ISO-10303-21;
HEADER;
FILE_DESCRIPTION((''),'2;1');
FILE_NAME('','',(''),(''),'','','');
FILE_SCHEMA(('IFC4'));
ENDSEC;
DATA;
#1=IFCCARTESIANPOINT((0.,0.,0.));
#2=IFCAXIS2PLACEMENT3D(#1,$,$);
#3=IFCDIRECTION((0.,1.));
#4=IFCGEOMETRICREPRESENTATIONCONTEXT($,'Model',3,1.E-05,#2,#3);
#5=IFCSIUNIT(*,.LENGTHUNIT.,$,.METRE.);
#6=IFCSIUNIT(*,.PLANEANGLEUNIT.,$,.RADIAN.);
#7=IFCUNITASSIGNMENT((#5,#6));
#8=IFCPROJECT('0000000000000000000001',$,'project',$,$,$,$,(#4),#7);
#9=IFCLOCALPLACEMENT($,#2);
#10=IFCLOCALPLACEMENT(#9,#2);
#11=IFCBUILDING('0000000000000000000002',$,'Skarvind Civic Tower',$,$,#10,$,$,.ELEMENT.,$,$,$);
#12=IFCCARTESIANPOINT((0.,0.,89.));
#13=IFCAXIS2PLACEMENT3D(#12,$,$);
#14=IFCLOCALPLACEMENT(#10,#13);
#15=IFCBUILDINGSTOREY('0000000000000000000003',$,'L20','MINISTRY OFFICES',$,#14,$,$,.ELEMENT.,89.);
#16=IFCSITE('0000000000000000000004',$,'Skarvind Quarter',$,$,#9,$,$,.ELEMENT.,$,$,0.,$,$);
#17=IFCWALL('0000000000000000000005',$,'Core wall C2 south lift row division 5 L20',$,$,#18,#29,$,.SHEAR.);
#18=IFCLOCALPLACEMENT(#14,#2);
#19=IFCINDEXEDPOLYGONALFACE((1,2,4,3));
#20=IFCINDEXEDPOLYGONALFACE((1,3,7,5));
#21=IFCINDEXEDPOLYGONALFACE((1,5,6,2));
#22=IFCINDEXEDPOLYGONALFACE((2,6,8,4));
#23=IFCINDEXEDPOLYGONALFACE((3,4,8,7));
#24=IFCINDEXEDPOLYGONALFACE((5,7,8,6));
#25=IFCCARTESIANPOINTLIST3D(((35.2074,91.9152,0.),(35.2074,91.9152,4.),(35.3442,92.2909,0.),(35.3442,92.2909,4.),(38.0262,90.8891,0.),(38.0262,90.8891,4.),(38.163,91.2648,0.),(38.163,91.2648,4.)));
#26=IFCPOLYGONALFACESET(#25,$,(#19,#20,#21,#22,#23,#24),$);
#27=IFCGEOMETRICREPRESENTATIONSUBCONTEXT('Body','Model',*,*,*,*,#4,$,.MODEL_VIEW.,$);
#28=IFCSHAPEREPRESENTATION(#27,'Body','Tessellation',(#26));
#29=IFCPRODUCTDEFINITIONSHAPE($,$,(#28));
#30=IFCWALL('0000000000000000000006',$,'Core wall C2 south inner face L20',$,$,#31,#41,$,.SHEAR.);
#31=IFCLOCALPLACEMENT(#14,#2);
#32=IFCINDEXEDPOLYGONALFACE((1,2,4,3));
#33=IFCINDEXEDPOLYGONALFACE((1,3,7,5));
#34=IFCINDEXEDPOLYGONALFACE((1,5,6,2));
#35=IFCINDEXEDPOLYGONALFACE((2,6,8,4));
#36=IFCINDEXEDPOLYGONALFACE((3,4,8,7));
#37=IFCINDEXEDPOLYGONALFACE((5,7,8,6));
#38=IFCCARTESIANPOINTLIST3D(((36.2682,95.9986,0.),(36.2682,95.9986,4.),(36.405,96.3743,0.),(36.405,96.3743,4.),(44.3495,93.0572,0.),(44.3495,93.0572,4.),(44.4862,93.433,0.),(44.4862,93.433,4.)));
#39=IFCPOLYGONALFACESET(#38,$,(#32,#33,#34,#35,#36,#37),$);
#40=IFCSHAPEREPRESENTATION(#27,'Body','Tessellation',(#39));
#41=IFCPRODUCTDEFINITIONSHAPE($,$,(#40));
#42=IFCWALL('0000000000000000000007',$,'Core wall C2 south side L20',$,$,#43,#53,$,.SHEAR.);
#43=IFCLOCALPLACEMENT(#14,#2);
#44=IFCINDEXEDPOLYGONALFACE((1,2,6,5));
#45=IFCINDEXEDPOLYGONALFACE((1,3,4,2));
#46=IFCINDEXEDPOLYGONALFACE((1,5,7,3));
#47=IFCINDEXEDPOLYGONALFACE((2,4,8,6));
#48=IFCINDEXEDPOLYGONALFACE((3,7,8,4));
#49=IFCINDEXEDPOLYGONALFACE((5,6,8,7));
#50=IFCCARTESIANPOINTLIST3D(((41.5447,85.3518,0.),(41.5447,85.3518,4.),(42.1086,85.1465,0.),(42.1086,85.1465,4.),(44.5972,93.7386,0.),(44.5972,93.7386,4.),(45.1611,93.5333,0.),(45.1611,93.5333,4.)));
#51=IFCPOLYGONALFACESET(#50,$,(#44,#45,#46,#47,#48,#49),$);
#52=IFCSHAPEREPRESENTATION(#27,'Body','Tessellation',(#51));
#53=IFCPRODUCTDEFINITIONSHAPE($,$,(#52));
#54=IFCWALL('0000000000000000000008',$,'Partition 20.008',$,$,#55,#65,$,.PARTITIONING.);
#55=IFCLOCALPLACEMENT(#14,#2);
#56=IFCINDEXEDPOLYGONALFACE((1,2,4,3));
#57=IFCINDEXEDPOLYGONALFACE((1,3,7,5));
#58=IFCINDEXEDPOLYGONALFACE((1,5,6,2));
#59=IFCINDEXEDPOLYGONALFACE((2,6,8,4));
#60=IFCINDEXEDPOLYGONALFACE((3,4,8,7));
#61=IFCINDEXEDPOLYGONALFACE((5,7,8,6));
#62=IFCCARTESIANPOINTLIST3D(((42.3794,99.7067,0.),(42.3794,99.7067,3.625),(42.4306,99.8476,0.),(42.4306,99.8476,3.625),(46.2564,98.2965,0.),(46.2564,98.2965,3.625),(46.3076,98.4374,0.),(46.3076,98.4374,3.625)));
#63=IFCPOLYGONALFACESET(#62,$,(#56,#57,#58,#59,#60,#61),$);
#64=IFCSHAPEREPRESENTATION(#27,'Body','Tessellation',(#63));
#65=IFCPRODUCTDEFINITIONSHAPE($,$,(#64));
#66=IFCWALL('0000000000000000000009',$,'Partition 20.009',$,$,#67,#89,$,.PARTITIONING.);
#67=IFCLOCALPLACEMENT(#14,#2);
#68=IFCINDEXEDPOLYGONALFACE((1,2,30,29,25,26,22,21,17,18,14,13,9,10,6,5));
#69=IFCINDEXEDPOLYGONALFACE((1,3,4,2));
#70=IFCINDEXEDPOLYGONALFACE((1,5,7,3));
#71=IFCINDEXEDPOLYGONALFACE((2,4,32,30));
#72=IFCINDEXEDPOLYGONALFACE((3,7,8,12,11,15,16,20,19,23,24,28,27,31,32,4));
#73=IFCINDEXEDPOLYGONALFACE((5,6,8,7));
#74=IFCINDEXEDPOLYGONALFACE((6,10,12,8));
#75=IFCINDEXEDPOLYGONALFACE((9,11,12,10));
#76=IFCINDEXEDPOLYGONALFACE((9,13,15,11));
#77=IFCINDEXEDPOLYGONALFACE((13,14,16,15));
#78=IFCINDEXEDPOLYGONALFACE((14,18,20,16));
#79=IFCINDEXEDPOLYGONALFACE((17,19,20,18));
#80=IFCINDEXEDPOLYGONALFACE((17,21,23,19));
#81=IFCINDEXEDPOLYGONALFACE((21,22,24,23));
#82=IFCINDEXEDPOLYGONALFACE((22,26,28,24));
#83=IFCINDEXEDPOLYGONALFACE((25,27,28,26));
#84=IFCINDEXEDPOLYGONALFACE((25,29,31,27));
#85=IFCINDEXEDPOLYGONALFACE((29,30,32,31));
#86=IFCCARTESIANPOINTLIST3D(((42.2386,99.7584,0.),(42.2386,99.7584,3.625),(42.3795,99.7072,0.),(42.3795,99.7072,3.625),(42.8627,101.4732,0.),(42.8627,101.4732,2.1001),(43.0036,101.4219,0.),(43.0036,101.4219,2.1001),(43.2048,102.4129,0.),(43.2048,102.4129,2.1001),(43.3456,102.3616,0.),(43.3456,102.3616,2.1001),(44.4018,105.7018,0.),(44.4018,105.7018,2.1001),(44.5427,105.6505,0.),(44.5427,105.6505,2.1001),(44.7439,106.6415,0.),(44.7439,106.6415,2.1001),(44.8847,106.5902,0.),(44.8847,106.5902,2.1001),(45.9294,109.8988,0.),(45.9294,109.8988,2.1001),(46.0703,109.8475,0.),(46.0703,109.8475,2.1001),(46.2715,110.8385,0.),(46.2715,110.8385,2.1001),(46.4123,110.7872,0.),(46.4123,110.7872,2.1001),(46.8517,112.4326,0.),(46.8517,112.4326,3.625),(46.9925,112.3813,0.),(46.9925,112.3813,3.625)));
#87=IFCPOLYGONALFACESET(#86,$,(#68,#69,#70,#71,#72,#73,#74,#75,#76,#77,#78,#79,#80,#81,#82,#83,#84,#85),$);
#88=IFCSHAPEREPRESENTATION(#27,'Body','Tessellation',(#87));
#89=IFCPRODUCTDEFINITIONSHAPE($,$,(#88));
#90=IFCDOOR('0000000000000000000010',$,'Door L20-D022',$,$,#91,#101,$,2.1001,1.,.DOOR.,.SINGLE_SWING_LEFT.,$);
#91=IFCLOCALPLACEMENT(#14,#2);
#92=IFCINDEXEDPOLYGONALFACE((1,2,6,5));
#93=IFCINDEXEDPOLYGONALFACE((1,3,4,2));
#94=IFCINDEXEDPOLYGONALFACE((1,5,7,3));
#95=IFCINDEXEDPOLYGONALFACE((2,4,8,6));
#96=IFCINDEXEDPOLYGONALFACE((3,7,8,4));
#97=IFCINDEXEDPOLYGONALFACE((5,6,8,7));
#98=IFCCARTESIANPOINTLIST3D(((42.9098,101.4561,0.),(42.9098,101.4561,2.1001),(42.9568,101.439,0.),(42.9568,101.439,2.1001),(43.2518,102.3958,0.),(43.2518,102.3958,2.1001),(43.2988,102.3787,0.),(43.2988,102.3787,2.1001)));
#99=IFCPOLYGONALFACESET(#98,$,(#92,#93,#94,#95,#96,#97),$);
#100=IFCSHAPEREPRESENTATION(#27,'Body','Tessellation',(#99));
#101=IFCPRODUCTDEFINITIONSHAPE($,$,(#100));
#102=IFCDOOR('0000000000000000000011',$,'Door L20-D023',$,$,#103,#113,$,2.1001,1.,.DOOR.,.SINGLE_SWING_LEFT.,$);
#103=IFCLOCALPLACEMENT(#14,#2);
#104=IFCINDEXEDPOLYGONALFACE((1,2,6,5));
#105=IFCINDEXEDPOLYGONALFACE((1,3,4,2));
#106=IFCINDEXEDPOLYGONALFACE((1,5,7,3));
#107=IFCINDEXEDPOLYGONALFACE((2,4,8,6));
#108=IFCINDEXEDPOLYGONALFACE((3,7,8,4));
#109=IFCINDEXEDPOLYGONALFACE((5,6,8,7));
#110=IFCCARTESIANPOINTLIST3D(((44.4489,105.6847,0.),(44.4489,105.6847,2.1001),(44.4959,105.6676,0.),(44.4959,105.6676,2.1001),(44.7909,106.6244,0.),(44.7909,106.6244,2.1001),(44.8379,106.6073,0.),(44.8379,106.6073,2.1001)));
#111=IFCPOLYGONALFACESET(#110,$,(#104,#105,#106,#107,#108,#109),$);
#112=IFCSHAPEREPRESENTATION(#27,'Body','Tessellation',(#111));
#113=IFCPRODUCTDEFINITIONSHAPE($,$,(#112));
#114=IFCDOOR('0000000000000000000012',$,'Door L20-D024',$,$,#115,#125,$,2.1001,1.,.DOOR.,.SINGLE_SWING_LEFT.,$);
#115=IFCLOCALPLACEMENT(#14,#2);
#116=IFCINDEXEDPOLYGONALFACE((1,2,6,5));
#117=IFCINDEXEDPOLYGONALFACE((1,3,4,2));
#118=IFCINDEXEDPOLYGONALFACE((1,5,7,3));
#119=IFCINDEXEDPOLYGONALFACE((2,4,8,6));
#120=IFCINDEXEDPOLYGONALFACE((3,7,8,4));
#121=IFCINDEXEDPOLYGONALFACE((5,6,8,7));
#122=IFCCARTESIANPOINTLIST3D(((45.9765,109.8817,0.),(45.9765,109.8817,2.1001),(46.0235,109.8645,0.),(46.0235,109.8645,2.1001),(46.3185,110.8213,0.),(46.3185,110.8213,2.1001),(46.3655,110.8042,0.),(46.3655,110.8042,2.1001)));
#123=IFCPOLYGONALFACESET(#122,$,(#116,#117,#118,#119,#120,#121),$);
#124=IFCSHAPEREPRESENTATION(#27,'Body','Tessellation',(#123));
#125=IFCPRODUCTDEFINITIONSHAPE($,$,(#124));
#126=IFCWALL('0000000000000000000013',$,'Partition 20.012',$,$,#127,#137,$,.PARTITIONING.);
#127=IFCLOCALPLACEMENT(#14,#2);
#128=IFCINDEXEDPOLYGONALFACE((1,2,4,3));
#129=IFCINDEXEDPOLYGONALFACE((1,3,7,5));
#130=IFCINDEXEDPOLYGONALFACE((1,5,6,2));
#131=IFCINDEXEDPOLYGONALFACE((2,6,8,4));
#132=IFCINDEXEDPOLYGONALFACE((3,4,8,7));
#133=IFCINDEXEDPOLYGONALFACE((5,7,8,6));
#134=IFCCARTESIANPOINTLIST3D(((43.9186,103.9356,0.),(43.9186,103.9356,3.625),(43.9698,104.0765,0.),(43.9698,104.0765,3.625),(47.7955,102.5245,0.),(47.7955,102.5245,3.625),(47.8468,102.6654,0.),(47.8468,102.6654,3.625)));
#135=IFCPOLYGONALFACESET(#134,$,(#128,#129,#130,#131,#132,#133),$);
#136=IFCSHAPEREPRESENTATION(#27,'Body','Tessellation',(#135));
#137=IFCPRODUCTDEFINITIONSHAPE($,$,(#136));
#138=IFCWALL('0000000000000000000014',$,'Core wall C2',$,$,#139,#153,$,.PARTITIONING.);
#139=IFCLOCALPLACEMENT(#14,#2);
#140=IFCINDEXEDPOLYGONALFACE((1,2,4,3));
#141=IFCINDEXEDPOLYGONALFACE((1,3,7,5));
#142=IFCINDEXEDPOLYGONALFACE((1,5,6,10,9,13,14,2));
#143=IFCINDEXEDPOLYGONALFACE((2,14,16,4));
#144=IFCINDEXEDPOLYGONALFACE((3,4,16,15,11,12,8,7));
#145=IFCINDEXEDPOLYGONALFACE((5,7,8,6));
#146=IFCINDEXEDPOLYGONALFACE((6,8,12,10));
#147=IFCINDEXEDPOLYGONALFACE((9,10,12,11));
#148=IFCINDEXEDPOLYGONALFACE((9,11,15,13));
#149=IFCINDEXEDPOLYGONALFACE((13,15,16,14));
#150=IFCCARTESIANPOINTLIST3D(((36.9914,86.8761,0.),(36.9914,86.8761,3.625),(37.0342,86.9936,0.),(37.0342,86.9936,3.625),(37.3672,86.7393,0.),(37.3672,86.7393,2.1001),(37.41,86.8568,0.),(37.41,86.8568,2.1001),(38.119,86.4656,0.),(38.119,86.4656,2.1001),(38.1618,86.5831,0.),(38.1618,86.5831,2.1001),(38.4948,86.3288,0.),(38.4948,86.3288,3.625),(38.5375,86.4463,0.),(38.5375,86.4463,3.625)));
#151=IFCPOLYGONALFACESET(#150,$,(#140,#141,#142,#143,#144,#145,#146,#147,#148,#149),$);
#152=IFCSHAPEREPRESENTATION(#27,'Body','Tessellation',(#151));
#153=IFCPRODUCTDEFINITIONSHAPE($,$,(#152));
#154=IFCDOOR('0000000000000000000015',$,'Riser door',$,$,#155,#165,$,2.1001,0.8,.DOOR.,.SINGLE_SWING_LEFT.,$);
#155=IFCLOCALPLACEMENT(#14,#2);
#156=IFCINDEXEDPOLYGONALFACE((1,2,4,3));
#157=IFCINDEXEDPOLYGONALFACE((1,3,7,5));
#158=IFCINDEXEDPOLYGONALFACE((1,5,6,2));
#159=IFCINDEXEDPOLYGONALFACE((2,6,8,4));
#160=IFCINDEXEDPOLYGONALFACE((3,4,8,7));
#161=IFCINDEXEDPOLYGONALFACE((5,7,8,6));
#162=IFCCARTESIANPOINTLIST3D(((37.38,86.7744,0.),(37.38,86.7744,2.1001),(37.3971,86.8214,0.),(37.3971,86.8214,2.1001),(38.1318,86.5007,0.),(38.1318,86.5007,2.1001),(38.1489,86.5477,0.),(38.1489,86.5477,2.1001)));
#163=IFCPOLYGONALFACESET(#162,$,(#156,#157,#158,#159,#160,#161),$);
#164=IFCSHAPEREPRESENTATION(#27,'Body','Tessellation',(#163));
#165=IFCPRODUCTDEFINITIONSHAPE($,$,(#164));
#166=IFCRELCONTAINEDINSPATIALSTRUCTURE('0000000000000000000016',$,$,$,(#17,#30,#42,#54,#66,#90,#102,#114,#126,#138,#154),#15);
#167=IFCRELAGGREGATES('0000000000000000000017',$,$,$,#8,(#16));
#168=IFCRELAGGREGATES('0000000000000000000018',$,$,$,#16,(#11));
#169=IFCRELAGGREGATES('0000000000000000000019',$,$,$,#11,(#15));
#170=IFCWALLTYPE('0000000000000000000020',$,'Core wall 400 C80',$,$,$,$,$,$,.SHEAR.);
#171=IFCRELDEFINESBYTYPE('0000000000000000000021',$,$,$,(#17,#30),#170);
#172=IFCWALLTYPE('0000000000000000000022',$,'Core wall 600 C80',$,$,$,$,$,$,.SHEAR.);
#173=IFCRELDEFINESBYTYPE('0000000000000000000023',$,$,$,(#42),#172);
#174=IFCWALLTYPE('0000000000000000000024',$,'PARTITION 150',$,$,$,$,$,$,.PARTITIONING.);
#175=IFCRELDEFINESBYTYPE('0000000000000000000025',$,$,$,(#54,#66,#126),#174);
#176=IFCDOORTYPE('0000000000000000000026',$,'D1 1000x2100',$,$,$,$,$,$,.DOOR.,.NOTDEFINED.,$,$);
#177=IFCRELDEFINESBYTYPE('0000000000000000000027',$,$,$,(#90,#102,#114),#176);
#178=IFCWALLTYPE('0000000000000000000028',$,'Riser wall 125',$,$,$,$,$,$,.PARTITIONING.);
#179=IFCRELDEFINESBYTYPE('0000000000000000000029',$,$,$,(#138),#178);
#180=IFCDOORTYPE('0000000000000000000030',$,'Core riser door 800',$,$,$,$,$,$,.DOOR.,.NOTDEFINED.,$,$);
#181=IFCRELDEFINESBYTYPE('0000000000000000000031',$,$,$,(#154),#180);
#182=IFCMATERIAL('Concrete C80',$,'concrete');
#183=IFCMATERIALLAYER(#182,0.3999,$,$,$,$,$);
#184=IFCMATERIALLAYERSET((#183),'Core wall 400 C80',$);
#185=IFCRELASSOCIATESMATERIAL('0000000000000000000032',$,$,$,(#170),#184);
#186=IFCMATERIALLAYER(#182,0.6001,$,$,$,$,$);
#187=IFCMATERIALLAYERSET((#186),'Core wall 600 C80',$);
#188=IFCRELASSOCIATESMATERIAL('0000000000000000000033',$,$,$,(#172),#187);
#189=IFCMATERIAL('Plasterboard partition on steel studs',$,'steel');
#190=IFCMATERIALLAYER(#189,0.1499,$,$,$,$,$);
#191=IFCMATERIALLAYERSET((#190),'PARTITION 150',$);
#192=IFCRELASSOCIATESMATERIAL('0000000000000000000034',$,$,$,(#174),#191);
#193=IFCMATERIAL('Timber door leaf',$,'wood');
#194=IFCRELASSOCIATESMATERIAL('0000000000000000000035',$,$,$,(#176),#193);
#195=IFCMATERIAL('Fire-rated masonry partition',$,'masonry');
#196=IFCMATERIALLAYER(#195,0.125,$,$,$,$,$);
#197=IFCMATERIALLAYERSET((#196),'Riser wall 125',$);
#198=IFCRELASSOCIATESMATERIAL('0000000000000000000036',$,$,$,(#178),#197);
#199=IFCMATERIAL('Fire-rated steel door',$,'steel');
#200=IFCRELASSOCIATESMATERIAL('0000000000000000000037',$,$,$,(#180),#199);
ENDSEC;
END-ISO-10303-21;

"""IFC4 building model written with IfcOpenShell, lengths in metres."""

from ifc_helpers import new_model, si_unit, direction, frame, frame_2d, origin, place, context, subcontext, project, spatial, rectangle, extrude, material, layer, layer_set, type_object, element, fill, save


model = new_model("IFC4")

# Units and contexts
model_context = context("Model", 3, precision=1e-05, world=origin(), true_north=direction((0.0, 1.0)))
body_context = subcontext(model_context, "Body", "Model", "MODEL_VIEW")
ifc_project = project(units=[si_unit("LENGTHUNIT", "METRE"), si_unit("PLANEANGLEUNIT", "RADIAN")], contexts=[model_context])

# Site, building, storey
site_placement = place(None, origin())
site = spatial("IfcSite", under=ifc_project, at=site_placement, Name="Skarvind Quarter", CompositionType="ELEMENT", RefElevation=0.0)
building_placement = place(site_placement, origin())
building = spatial("IfcBuilding", under=site, at=building_placement, Name="Skarvind Civic Tower", CompositionType="ELEMENT")
storey_placement = place(building_placement, frame((0.0, 0.0, 89.0)))
storey = spatial("IfcBuildingStorey", under=building, at=storey_placement, Name="L20", Description="MINISTRY OFFICES", CompositionType="ELEMENT", Elevation=89.0)

# Shared definitions
ifc_material_1 = material(Name="Concrete C80", Category="concrete")

# Shared definitions
ifc_material_2 = material(Name="Fire-rated masonry partition", Category="masonry")
ifc_material_3 = material(Name="Fire-rated steel door", Category="steel")

# Walls
ifc_layer_1 = layer(ifc_material_1, 0.3999)
ifc_layer_set_1 = layer_set([ifc_layer_1], Name="Core wall 400 C80")
wall_type_1 = type_object("IfcWallType", Name="Core wall 400 C80", PredefinedType="SHEAR", material=ifc_layer_set_1)
wall_1_placement = place(storey_placement, frame((38.0947, 91.0769, 0.0), z_axis=(0.0, 0.0, 1.0), x_axis=(-0.939677, 0.342063, 0.0)))
element("IfcWall", 1, at=wall_1_placement, inside=storey, type_object=wall_type_1, Name="Core wall C2 south lift row division 5 L20", PredefinedType="SHEAR", context=body_context, shape_type="SweptSolid", body=[
    extrude(rectangle(XDim=2.9998, YDim=0.3999, at=frame_2d((1.5, 0.0))), origin(), (0.0, 0.0, 1.0), 4.0),
])
wall_2_placement = place(storey_placement, frame((44.4177, 93.2451, 0.0), z_axis=(0.0, 0.0, 1.0), x_axis=(-0.939691, 0.342026, 0.0)))
element("IfcWall", 2, at=wall_2_placement, inside=storey, type_object=wall_type_1, Name="Core wall C2 south inner face L20", PredefinedType="SHEAR", context=body_context, shape_type="SweptSolid", body=[
    extrude(rectangle(XDim=8.5999, YDim=0.3999, at=frame_2d((4.2998, 0.0))), origin(), (0.0, 0.0, 1.0), 4.0),
])
ifc_layer_2 = layer(ifc_material_1, 0.6001)
ifc_layer_set_2 = layer_set([ifc_layer_2], Name="Core wall 600 C80")
wall_type_2 = type_object("IfcWallType", Name="Core wall 600 C80", PredefinedType="SHEAR", material=ifc_layer_set_2)
wall_3_placement = place(storey_placement, frame((41.8267, 85.2493, 0.0), z_axis=(0.0, 0.0, 1.0), x_axis=(0.342018, 0.939694, 0.0)))
element("IfcWall", 3, at=wall_3_placement, inside=storey, type_object=wall_type_2, Name="Core wall C2 south side L20", PredefinedType="SHEAR", context=body_context, shape_type="SweptSolid", body=[
    extrude(rectangle(XDim=8.925, YDim=0.6001, at=frame_2d((4.4624, 0.0))), origin(), (0.0, 0.0, 1.0), 4.0),
])
ifc_material_4 = material(Name="Plasterboard partition on steel studs", Category="steel")
ifc_layer_3 = layer(ifc_material_4, 0.1499)
ifc_layer_set_3 = layer_set([ifc_layer_3], Name="PARTITION 150")
wall_type_3 = type_object("IfcWallType", Name="PARTITION 150", PredefinedType="PARTITIONING", material=ifc_layer_set_3)
wall_4_placement = place(storey_placement, frame((46.282, 98.3669, 0.0), z_axis=(0.0, 0.0, 1.0), x_axis=(-0.939766, 0.341819, 0.0)))
element("IfcWall", 4, at=wall_4_placement, inside=storey, type_object=wall_type_3, Name="Partition 20.008", PredefinedType="PARTITIONING", context=body_context, shape_type="SweptSolid", body=[
    extrude(rectangle(XDim=4.1255, YDim=0.1499, at=frame_2d((2.0627, 0.0))), origin(), (0.0, 0.0, 1.0), 3.625),
])

# Wall, openings, doors
wall_5_placement = place(storey_placement, frame((42.3091, 99.7329, 0.0), z_axis=(0.0, 0.0, 1.0), x_axis=(0.342024, 0.939691, 0.0)))
wall_5 = element("IfcWall", 5, at=wall_5_placement, inside=storey, type_object=wall_type_3, Name="Partition 20.009", PredefinedType="PARTITIONING", context=body_context, shape_type="SweptSolid", body=[
    extrude(rectangle(XDim=13.4875, YDim=0.1499, at=frame_2d((6.7437, 0.0))), origin(), (0.0, 0.0, 1.0), 3.625),
])
opening_1_placement = place(wall_5_placement, frame((1.8247, 0.0, 0.0)))
opening_1 = element("IfcOpeningElement", 6, at=opening_1_placement, cuts=wall_5, PredefinedType="OPENING", context=body_context, shape_type="SweptSolid", body=[
    extrude(rectangle(XDim=1.0, YDim=2.1001, at=frame_2d((0.5, 1.05))), frame((0.0, 0.085, 0.0), z_axis=(0.0, -1.0, 0.0), x_axis=(1.0, 0.0, 0.0)), (0.0, 0.0, 1.0), 0.1699),
])
opening_2_placement = place(wall_5_placement, frame((6.3247, 0.0, 0.0)))
opening_2 = element("IfcOpeningElement", 7, at=opening_2_placement, cuts=wall_5, PredefinedType="OPENING", context=body_context, shape_type="SweptSolid", body=[
    extrude(rectangle(XDim=1.0, YDim=2.1001, at=frame_2d((0.5, 1.05))), frame((0.0, 0.085, 0.0), z_axis=(0.0, -1.0, 0.0), x_axis=(1.0, 0.0, 0.0)), (0.0, 0.0, 1.0), 0.1699),
])
opening_3_placement = place(wall_5_placement, frame((10.791, 0.0, 0.0)))
opening_3 = element("IfcOpeningElement", 8, at=opening_3_placement, cuts=wall_5, PredefinedType="OPENING", context=body_context, shape_type="SweptSolid", body=[
    extrude(rectangle(XDim=1.0, YDim=2.1001, at=frame_2d((0.5, 1.05))), frame((0.0, 0.085, 0.0), z_axis=(0.0, -1.0, 0.0), x_axis=(1.0, 0.0, 0.0)), (0.0, 0.0, 1.0), 0.1699),
])
ifc_material_5 = material(Name="Timber door leaf", Category="wood")
door_type_1 = type_object("IfcDoorType", Name="D1 1000x2100", OperationType="NOTDEFINED", PredefinedType="DOOR", material=ifc_material_5)
door_1_placement = place(opening_1_placement, origin())
door_1 = element("IfcDoor", 9, at=door_1_placement, inside=storey, type_object=door_type_1, Name="Door L20-D022", OperationType="SINGLE_SWING_LEFT", OverallHeight=2.1001, OverallWidth=1.0, PredefinedType="DOOR", context=body_context, shape_type="SweptSolid", body=[
    extrude(rectangle(XDim=1.0, YDim=2.1001, at=frame_2d((0.5, 1.05))), frame((0.0, 0.0249, 0.0), z_axis=(0.0, -1.0, 0.0), x_axis=(1.0, 0.0, 0.0)), (0.0, 0.0, 1.0), 0.05),
])
fill(opening_1, door_1)
door_2_placement = place(opening_2_placement, origin())
door_2 = element("IfcDoor", 10, at=door_2_placement, inside=storey, type_object=door_type_1, Name="Door L20-D023", OperationType="SINGLE_SWING_LEFT", OverallHeight=2.1001, OverallWidth=1.0, PredefinedType="DOOR", context=body_context, shape_type="SweptSolid", body=[
    extrude(rectangle(XDim=1.0, YDim=2.1001, at=frame_2d((0.5, 1.05))), frame((0.0, 0.0249, 0.0), z_axis=(0.0, -1.0, 0.0), x_axis=(1.0, 0.0, 0.0)), (0.0, 0.0, 1.0), 0.05),
])
fill(opening_2, door_2)
door_3_placement = place(opening_3_placement, origin())
door_3 = element("IfcDoor", 11, at=door_3_placement, inside=storey, type_object=door_type_1, Name="Door L20-D024", OperationType="SINGLE_SWING_LEFT", OverallHeight=2.1001, OverallWidth=1.0, PredefinedType="DOOR", context=body_context, shape_type="SweptSolid", body=[
    extrude(rectangle(XDim=1.0, YDim=2.1001, at=frame_2d((0.5, 1.05))), frame((0.0, 0.0249, 0.0), z_axis=(0.0, -1.0, 0.0), x_axis=(1.0, 0.0, 0.0)), (0.0, 0.0, 1.0), 0.05),
])
fill(opening_3, door_3)

# Wall
wall_6_placement = place(storey_placement, frame((43.9441, 104.0061, 0.0), z_axis=(0.0, 0.0, 1.0), x_axis=(0.93969, -0.342028, 0.0)))
element("IfcWall", 12, at=wall_6_placement, inside=storey, type_object=wall_type_3, Name="Partition 20.012", PredefinedType="PARTITIONING", context=body_context, shape_type="SweptSolid", body=[
    extrude(rectangle(XDim=4.1257, YDim=0.1499, at=frame_2d((2.063, 0.0))), origin(), (0.0, 0.0, 1.0), 3.625),
])

# Wall, opening, door
ifc_layer_4 = layer(ifc_material_2, 0.125)
ifc_layer_set_4 = layer_set([ifc_layer_4], Name="Riser wall 125")
wall_type_4 = type_object("IfcWallType", Name="Riser wall 125", PredefinedType="PARTITIONING", material=ifc_layer_set_4)
wall_7_placement = place(storey_placement, frame((37.0129, 86.9348, 0.0), z_axis=(0.0, 0.0, 1.0), x_axis=(0.93966, -0.342111, 0.0)))
wall_7 = element("IfcWall", 13, at=wall_7_placement, inside=storey, type_object=wall_type_4, Name="Core wall C2", PredefinedType="PARTITIONING", context=body_context, shape_type="SweptSolid", body=[
    extrude(rectangle(XDim=1.5999, YDim=0.125, at=frame_2d((0.7998, 0.0))), origin(), (0.0, 0.0, 1.0), 3.625),
])
opening_4_placement = place(wall_7_placement, frame((0.3999, 0.0, 0.0)))
opening_4 = element("IfcOpeningElement", 14, at=opening_4_placement, cuts=wall_7, PredefinedType="OPENING", context=body_context, shape_type="SweptSolid", body=[
    extrude(rectangle(XDim=0.8, YDim=2.1001, at=frame_2d((0.3999, 1.05))), frame((0.0, 0.0725, 0.0), z_axis=(0.0, -1.0, 0.0), x_axis=(1.0, 0.0, 0.0)), (0.0, 0.0, 1.0), 0.145),
])
door_type_2 = type_object("IfcDoorType", Name="Core riser door 800", OperationType="NOTDEFINED", PredefinedType="DOOR", material=ifc_material_3)
door_4_placement = place(opening_4_placement, origin())
door_4 = element("IfcDoor", 15, at=door_4_placement, inside=storey, type_object=door_type_2, Name="Riser door", OperationType="SINGLE_SWING_LEFT", OverallHeight=2.1001, OverallWidth=0.8, PredefinedType="DOOR", context=body_context, shape_type="SweptSolid", body=[
    extrude(rectangle(XDim=0.8, YDim=2.1001, at=frame_2d((0.3999, 1.05))), frame((0.0, 0.0249, 0.0), z_axis=(0.0, -1.0, 0.0), x_axis=(1.0, 0.0, 0.0)), (0.0, 0.0, 1.0), 0.05),
])
fill(opening_4, door_4)

save(model, "model.ifc")
